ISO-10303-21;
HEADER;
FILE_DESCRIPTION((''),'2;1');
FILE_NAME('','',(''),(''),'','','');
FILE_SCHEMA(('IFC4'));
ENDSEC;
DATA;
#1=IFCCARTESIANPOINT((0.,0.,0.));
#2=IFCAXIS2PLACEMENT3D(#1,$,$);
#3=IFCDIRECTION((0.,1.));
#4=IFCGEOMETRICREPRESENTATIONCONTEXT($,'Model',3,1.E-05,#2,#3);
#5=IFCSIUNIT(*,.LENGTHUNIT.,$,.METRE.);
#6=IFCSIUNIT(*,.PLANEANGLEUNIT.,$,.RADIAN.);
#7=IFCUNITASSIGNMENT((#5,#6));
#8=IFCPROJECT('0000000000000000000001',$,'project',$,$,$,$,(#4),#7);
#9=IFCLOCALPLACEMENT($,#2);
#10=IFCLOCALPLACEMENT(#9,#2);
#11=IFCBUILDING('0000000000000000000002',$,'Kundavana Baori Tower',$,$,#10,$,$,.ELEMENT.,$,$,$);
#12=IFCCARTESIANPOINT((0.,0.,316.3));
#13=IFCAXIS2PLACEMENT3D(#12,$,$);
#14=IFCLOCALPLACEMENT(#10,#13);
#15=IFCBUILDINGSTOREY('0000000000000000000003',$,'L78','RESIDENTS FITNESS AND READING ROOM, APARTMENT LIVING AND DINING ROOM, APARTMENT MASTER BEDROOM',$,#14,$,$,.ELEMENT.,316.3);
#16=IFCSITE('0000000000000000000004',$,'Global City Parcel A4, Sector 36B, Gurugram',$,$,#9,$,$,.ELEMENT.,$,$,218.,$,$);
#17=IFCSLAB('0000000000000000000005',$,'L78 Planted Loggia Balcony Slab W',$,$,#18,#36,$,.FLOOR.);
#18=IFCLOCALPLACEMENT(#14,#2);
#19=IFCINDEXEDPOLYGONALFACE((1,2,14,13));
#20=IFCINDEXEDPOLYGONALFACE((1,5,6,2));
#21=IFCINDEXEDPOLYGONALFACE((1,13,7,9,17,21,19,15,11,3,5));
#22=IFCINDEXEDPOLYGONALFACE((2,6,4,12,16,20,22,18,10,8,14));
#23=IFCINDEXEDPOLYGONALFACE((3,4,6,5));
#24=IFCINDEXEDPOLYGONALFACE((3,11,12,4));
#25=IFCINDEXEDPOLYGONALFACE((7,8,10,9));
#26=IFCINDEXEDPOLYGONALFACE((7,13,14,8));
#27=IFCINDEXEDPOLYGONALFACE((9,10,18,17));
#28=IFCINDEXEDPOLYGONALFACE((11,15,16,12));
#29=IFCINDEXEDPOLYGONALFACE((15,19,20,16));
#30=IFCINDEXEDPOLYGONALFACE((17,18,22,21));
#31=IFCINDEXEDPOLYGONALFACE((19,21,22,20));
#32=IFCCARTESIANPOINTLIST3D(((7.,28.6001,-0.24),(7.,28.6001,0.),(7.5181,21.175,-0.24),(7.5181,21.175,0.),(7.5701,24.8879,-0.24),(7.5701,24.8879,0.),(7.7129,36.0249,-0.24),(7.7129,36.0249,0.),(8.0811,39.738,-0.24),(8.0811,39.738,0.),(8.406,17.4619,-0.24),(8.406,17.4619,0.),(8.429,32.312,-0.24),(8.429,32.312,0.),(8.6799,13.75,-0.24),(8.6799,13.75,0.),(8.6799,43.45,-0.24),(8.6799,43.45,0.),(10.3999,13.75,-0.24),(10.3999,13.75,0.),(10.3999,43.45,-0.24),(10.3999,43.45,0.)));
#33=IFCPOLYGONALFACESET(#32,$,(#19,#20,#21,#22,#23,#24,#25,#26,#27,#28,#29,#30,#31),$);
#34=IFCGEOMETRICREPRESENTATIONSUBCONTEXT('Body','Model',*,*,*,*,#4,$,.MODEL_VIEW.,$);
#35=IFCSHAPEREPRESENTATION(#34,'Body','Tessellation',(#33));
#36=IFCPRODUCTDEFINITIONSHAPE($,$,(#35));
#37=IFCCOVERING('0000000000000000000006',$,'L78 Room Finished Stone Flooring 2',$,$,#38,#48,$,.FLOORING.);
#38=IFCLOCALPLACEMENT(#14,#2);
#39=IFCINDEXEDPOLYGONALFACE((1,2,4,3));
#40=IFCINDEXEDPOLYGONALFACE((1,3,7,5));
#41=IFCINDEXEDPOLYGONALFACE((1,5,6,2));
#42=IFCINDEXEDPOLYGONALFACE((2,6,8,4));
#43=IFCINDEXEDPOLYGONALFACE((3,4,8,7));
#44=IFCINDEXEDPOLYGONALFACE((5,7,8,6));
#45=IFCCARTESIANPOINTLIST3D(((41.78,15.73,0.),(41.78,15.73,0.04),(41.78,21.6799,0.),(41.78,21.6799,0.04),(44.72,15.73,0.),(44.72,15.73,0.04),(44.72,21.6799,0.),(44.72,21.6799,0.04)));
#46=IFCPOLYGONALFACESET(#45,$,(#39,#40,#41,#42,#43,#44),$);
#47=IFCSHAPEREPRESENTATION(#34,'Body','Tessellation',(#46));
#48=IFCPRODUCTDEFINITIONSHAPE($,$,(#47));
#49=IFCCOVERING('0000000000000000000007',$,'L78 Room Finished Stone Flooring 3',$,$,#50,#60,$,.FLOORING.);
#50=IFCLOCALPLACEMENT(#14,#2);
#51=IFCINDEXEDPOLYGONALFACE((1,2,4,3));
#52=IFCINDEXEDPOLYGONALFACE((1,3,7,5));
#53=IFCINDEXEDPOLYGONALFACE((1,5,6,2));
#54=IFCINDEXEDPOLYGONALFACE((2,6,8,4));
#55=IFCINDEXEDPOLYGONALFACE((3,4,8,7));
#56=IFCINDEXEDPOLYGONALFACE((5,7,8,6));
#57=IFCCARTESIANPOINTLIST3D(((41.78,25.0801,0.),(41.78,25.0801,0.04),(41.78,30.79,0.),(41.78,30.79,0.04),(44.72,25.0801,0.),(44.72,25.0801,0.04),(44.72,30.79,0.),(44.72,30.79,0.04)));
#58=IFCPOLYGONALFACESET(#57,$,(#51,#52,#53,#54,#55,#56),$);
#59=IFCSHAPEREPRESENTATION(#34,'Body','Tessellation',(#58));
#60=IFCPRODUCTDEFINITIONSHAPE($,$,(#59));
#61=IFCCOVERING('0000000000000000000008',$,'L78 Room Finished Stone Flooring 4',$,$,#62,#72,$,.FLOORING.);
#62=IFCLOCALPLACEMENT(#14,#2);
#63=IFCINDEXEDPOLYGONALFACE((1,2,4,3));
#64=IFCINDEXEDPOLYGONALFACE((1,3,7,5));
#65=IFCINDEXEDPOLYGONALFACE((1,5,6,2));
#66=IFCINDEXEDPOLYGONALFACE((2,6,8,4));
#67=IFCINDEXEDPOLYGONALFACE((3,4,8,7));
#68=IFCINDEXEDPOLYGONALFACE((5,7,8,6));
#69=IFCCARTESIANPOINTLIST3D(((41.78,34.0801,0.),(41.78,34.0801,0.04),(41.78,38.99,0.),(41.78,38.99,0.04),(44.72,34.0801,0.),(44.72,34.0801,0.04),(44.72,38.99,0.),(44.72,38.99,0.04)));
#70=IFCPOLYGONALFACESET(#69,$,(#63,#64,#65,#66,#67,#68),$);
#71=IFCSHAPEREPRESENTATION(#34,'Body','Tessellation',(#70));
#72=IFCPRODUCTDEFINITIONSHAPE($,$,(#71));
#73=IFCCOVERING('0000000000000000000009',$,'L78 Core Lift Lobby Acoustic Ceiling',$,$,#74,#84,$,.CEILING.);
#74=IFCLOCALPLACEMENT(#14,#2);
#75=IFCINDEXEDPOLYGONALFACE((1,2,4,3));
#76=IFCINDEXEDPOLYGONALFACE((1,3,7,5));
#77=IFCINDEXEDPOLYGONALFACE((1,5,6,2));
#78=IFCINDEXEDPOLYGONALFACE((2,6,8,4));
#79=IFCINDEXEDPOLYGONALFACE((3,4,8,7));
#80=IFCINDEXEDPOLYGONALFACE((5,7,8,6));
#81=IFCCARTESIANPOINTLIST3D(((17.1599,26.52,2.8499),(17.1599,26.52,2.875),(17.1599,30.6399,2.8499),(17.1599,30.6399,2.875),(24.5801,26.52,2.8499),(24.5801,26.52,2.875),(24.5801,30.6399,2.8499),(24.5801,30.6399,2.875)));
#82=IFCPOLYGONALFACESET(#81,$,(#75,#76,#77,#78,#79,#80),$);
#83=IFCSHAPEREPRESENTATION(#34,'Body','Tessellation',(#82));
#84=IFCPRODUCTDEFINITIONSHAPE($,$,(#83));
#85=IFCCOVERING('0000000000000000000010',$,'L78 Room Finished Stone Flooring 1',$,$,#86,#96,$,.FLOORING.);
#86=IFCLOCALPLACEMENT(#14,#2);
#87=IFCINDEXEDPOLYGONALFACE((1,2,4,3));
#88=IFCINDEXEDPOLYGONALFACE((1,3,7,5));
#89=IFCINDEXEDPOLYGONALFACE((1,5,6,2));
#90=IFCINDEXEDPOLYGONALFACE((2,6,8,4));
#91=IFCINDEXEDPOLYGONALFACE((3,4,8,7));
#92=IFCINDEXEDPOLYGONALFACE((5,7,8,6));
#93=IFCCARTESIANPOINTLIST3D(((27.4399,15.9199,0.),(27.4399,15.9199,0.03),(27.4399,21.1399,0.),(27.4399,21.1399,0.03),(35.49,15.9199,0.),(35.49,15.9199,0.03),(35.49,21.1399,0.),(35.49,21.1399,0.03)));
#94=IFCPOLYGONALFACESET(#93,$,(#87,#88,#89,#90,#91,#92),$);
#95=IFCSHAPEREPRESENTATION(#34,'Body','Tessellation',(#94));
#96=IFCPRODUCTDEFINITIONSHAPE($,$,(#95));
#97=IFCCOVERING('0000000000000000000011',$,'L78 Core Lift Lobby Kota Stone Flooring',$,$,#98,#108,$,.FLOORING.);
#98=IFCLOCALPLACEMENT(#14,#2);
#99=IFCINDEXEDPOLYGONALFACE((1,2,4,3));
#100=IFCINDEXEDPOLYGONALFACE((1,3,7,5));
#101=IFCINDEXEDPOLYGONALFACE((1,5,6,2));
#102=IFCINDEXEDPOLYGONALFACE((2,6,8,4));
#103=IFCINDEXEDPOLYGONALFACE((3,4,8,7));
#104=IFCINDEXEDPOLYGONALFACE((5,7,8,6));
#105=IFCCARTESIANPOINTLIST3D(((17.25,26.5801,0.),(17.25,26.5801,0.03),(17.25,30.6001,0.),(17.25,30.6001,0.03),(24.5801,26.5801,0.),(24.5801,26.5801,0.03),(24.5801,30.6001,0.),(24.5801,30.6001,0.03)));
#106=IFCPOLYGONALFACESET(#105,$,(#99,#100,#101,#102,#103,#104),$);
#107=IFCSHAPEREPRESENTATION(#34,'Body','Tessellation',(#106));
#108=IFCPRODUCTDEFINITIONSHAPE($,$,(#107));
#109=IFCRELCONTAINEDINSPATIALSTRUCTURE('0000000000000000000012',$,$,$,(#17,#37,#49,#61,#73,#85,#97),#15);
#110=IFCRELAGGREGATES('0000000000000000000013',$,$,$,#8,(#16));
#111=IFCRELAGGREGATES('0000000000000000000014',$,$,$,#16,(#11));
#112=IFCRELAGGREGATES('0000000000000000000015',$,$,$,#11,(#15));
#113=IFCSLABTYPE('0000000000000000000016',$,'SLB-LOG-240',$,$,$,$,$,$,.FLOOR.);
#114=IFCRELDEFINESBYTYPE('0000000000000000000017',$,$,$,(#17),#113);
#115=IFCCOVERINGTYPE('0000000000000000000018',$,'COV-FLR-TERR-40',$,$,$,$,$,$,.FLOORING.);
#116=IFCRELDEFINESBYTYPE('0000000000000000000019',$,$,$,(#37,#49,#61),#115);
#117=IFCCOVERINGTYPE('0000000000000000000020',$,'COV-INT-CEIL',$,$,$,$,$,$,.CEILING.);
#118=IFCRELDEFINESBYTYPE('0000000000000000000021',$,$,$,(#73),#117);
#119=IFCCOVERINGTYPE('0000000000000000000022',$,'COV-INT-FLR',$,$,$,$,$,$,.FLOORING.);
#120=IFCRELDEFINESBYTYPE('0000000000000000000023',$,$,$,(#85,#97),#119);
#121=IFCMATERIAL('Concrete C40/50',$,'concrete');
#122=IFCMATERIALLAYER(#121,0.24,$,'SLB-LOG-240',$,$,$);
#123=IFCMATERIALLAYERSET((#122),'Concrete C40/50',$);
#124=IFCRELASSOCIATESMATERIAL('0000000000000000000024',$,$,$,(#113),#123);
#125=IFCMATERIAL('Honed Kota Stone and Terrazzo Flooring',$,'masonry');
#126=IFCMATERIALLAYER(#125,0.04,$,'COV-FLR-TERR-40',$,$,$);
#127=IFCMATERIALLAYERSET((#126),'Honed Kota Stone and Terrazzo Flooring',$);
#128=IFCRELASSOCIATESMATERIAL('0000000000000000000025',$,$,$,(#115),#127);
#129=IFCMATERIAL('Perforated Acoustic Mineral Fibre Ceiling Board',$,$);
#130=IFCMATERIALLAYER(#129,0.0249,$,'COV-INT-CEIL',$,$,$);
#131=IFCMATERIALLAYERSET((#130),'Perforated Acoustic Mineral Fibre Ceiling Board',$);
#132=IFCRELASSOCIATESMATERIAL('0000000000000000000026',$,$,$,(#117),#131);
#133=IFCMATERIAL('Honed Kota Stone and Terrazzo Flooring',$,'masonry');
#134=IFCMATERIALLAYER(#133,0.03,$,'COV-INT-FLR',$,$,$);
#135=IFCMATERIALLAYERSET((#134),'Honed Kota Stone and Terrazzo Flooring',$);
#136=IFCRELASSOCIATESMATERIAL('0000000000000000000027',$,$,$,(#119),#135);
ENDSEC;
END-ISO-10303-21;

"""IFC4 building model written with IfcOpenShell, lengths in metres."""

from ifc_helpers import new_model, si_unit, direction, frame, origin, place, context, subcontext, project, spatial, polyline, outline, extrude, material, layer, layer_set, type_object, element, save


model = new_model("IFC4")

# Units and contexts
model_context = context("Model", 3, precision=1e-05, world=origin(), true_north=direction((0.0, 1.0)))
body_context = subcontext(model_context, "Body", "Model", "MODEL_VIEW")
ifc_project = project(units=[si_unit("LENGTHUNIT", "METRE"), si_unit("PLANEANGLEUNIT", "RADIAN")], contexts=[model_context])

# Site, building, storey
site_placement = place(None, origin())
site = spatial("IfcSite", under=ifc_project, at=site_placement, Name="Global City Parcel A4, Sector 36B, Gurugram", CompositionType="ELEMENT", RefElevation=218.0)
building_placement = place(site_placement, origin())
building = spatial("IfcBuilding", under=site, at=building_placement, Name="Kundavana Baori Tower", CompositionType="ELEMENT")
storey_placement = place(building_placement, frame((0.0, 0.0, 316.3)))
storey = spatial("IfcBuildingStorey", under=building, at=storey_placement, Name="L78", Description="RESIDENTS FITNESS AND READING ROOM, APARTMENT LIVING AND DINING ROOM, APARTMENT MASTER BEDROOM", CompositionType="ELEMENT", Elevation=316.3)

# Slab
ifc_material_1 = material(Name="Concrete C40/50", Category="concrete")
ifc_layer_1 = layer(ifc_material_1, 0.24, Name="SLB-LOG-240")
ifc_layer_set_1 = layer_set([ifc_layer_1], Name="Concrete C40/50")
slab_type_1 = type_object("IfcSlabType", Name="SLB-LOG-240", PredefinedType="FLOOR", material=ifc_layer_set_1)
slab_1_placement = place(storey_placement, frame((0.0, 0.0, -0.24)))
element("IfcSlab", 1, at=slab_1_placement, inside=storey, type_object=slab_type_1, Name="L78 Planted Loggia Balcony Slab W", PredefinedType="FLOOR", context=body_context, shape_type="SweptSolid", body=[
    extrude(outline(polyline([(10.3999, 43.45), (10.3999, 13.75), (8.6799, 13.75), (8.406, 17.4619), (7.5181, 21.175), (7.5701, 24.8879), (7.0, 28.6001), (8.429, 32.312), (7.7129, 36.0249), (8.0811, 39.738), (8.6799, 43.45), (10.3999, 43.45)])), origin(), (0.0, 0.0, 1.0), 0.24),
])

# Coverings
ifc_material_2 = material(Name="Honed Kota Stone and Terrazzo Flooring", Category="masonry")
ifc_layer_2 = layer(ifc_material_2, 0.04, Name="COV-FLR-TERR-40")
ifc_layer_set_2 = layer_set([ifc_layer_2], Name="Honed Kota Stone and Terrazzo Flooring")
covering_type_1 = type_object("IfcCoveringType", Name="COV-FLR-TERR-40", PredefinedType="FLOORING", material=ifc_layer_set_2)
covering_1_placement = place(storey_placement, origin())
element("IfcCovering", 2, at=covering_1_placement, inside=storey, type_object=covering_type_1, Name="L78 Room Finished Stone Flooring 2", PredefinedType="FLOORING", context=body_context, shape_type="SweptSolid", body=[
    extrude(outline(polyline([(41.78, 15.73), (44.72, 15.73), (44.72, 21.6799), (41.78, 21.6799), (41.78, 15.73)])), origin(), (0.0, 0.0, 1.0), 0.04),
])
covering_2_placement = place(storey_placement, origin())
element("IfcCovering", 3, at=covering_2_placement, inside=storey, type_object=covering_type_1, Name="L78 Room Finished Stone Flooring 3", PredefinedType="FLOORING", context=body_context, shape_type="SweptSolid", body=[
    extrude(outline(polyline([(41.78, 25.0801), (44.72, 25.0801), (44.72, 30.79), (41.78, 30.79), (41.78, 25.0801)])), origin(), (0.0, 0.0, 1.0), 0.04),
])
covering_3_placement = place(storey_placement, origin())
element("IfcCovering", 4, at=covering_3_placement, inside=storey, type_object=covering_type_1, Name="L78 Room Finished Stone Flooring 4", PredefinedType="FLOORING", context=body_context, shape_type="SweptSolid", body=[
    extrude(outline(polyline([(41.78, 34.0801), (44.72, 34.0801), (44.72, 38.99), (41.78, 38.99), (41.78, 34.0801)])), origin(), (0.0, 0.0, 1.0), 0.04),
])
ifc_material_3 = material(Name="Perforated Acoustic Mineral Fibre Ceiling Board")
ifc_layer_3 = layer(ifc_material_3, 0.0249, Name="COV-INT-CEIL")
ifc_layer_set_3 = layer_set([ifc_layer_3], Name="Perforated Acoustic Mineral Fibre Ceiling Board")
covering_type_2 = type_object("IfcCoveringType", Name="COV-INT-CEIL", PredefinedType="CEILING", material=ifc_layer_set_3)
covering_4_placement = place(storey_placement, frame((0.0, 0.0, 2.8499)))
element("IfcCovering", 5, at=covering_4_placement, inside=storey, type_object=covering_type_2, Name="L78 Core Lift Lobby Acoustic Ceiling", PredefinedType="CEILING", context=body_context, shape_type="SweptSolid", body=[
    extrude(outline(polyline([(17.1599, 26.52), (24.5801, 26.52), (24.5801, 30.6399), (17.1599, 30.6399), (17.1599, 26.52)])), origin(), (0.0, 0.0, 1.0), 0.0251),
])
ifc_material_4 = material(Name="Honed Kota Stone and Terrazzo Flooring", Category="masonry")
ifc_layer_4 = layer(ifc_material_4, 0.03, Name="COV-INT-FLR")
ifc_layer_set_4 = layer_set([ifc_layer_4], Name="Honed Kota Stone and Terrazzo Flooring")
covering_type_3 = type_object("IfcCoveringType", Name="COV-INT-FLR", PredefinedType="FLOORING", material=ifc_layer_set_4)
covering_5_placement = place(storey_placement, origin())
element("IfcCovering", 6, at=covering_5_placement, inside=storey, type_object=covering_type_3, Name="L78 Room Finished Stone Flooring 1", PredefinedType="FLOORING", context=body_context, shape_type="SweptSolid", body=[
    extrude(outline(polyline([(27.4399, 15.9199), (35.49, 15.9199), (35.49, 21.1399), (27.4399, 21.1399), (27.4399, 15.9199)])), origin(), (0.0, 0.0, 1.0), 0.03),
])
covering_6_placement = place(storey_placement, origin())
element("IfcCovering", 7, at=covering_6_placement, inside=storey, type_object=covering_type_3, Name="L78 Core Lift Lobby Kota Stone Flooring", PredefinedType="FLOORING", context=body_context, shape_type="SweptSolid", body=[
    extrude(outline(polyline([(17.25, 26.5801), (24.5801, 26.5801), (24.5801, 30.6001), (17.25, 30.6001), (17.25, 26.5801)])), origin(), (0.0, 0.0, 1.0), 0.03),
])

save(model, "model.ifc")
